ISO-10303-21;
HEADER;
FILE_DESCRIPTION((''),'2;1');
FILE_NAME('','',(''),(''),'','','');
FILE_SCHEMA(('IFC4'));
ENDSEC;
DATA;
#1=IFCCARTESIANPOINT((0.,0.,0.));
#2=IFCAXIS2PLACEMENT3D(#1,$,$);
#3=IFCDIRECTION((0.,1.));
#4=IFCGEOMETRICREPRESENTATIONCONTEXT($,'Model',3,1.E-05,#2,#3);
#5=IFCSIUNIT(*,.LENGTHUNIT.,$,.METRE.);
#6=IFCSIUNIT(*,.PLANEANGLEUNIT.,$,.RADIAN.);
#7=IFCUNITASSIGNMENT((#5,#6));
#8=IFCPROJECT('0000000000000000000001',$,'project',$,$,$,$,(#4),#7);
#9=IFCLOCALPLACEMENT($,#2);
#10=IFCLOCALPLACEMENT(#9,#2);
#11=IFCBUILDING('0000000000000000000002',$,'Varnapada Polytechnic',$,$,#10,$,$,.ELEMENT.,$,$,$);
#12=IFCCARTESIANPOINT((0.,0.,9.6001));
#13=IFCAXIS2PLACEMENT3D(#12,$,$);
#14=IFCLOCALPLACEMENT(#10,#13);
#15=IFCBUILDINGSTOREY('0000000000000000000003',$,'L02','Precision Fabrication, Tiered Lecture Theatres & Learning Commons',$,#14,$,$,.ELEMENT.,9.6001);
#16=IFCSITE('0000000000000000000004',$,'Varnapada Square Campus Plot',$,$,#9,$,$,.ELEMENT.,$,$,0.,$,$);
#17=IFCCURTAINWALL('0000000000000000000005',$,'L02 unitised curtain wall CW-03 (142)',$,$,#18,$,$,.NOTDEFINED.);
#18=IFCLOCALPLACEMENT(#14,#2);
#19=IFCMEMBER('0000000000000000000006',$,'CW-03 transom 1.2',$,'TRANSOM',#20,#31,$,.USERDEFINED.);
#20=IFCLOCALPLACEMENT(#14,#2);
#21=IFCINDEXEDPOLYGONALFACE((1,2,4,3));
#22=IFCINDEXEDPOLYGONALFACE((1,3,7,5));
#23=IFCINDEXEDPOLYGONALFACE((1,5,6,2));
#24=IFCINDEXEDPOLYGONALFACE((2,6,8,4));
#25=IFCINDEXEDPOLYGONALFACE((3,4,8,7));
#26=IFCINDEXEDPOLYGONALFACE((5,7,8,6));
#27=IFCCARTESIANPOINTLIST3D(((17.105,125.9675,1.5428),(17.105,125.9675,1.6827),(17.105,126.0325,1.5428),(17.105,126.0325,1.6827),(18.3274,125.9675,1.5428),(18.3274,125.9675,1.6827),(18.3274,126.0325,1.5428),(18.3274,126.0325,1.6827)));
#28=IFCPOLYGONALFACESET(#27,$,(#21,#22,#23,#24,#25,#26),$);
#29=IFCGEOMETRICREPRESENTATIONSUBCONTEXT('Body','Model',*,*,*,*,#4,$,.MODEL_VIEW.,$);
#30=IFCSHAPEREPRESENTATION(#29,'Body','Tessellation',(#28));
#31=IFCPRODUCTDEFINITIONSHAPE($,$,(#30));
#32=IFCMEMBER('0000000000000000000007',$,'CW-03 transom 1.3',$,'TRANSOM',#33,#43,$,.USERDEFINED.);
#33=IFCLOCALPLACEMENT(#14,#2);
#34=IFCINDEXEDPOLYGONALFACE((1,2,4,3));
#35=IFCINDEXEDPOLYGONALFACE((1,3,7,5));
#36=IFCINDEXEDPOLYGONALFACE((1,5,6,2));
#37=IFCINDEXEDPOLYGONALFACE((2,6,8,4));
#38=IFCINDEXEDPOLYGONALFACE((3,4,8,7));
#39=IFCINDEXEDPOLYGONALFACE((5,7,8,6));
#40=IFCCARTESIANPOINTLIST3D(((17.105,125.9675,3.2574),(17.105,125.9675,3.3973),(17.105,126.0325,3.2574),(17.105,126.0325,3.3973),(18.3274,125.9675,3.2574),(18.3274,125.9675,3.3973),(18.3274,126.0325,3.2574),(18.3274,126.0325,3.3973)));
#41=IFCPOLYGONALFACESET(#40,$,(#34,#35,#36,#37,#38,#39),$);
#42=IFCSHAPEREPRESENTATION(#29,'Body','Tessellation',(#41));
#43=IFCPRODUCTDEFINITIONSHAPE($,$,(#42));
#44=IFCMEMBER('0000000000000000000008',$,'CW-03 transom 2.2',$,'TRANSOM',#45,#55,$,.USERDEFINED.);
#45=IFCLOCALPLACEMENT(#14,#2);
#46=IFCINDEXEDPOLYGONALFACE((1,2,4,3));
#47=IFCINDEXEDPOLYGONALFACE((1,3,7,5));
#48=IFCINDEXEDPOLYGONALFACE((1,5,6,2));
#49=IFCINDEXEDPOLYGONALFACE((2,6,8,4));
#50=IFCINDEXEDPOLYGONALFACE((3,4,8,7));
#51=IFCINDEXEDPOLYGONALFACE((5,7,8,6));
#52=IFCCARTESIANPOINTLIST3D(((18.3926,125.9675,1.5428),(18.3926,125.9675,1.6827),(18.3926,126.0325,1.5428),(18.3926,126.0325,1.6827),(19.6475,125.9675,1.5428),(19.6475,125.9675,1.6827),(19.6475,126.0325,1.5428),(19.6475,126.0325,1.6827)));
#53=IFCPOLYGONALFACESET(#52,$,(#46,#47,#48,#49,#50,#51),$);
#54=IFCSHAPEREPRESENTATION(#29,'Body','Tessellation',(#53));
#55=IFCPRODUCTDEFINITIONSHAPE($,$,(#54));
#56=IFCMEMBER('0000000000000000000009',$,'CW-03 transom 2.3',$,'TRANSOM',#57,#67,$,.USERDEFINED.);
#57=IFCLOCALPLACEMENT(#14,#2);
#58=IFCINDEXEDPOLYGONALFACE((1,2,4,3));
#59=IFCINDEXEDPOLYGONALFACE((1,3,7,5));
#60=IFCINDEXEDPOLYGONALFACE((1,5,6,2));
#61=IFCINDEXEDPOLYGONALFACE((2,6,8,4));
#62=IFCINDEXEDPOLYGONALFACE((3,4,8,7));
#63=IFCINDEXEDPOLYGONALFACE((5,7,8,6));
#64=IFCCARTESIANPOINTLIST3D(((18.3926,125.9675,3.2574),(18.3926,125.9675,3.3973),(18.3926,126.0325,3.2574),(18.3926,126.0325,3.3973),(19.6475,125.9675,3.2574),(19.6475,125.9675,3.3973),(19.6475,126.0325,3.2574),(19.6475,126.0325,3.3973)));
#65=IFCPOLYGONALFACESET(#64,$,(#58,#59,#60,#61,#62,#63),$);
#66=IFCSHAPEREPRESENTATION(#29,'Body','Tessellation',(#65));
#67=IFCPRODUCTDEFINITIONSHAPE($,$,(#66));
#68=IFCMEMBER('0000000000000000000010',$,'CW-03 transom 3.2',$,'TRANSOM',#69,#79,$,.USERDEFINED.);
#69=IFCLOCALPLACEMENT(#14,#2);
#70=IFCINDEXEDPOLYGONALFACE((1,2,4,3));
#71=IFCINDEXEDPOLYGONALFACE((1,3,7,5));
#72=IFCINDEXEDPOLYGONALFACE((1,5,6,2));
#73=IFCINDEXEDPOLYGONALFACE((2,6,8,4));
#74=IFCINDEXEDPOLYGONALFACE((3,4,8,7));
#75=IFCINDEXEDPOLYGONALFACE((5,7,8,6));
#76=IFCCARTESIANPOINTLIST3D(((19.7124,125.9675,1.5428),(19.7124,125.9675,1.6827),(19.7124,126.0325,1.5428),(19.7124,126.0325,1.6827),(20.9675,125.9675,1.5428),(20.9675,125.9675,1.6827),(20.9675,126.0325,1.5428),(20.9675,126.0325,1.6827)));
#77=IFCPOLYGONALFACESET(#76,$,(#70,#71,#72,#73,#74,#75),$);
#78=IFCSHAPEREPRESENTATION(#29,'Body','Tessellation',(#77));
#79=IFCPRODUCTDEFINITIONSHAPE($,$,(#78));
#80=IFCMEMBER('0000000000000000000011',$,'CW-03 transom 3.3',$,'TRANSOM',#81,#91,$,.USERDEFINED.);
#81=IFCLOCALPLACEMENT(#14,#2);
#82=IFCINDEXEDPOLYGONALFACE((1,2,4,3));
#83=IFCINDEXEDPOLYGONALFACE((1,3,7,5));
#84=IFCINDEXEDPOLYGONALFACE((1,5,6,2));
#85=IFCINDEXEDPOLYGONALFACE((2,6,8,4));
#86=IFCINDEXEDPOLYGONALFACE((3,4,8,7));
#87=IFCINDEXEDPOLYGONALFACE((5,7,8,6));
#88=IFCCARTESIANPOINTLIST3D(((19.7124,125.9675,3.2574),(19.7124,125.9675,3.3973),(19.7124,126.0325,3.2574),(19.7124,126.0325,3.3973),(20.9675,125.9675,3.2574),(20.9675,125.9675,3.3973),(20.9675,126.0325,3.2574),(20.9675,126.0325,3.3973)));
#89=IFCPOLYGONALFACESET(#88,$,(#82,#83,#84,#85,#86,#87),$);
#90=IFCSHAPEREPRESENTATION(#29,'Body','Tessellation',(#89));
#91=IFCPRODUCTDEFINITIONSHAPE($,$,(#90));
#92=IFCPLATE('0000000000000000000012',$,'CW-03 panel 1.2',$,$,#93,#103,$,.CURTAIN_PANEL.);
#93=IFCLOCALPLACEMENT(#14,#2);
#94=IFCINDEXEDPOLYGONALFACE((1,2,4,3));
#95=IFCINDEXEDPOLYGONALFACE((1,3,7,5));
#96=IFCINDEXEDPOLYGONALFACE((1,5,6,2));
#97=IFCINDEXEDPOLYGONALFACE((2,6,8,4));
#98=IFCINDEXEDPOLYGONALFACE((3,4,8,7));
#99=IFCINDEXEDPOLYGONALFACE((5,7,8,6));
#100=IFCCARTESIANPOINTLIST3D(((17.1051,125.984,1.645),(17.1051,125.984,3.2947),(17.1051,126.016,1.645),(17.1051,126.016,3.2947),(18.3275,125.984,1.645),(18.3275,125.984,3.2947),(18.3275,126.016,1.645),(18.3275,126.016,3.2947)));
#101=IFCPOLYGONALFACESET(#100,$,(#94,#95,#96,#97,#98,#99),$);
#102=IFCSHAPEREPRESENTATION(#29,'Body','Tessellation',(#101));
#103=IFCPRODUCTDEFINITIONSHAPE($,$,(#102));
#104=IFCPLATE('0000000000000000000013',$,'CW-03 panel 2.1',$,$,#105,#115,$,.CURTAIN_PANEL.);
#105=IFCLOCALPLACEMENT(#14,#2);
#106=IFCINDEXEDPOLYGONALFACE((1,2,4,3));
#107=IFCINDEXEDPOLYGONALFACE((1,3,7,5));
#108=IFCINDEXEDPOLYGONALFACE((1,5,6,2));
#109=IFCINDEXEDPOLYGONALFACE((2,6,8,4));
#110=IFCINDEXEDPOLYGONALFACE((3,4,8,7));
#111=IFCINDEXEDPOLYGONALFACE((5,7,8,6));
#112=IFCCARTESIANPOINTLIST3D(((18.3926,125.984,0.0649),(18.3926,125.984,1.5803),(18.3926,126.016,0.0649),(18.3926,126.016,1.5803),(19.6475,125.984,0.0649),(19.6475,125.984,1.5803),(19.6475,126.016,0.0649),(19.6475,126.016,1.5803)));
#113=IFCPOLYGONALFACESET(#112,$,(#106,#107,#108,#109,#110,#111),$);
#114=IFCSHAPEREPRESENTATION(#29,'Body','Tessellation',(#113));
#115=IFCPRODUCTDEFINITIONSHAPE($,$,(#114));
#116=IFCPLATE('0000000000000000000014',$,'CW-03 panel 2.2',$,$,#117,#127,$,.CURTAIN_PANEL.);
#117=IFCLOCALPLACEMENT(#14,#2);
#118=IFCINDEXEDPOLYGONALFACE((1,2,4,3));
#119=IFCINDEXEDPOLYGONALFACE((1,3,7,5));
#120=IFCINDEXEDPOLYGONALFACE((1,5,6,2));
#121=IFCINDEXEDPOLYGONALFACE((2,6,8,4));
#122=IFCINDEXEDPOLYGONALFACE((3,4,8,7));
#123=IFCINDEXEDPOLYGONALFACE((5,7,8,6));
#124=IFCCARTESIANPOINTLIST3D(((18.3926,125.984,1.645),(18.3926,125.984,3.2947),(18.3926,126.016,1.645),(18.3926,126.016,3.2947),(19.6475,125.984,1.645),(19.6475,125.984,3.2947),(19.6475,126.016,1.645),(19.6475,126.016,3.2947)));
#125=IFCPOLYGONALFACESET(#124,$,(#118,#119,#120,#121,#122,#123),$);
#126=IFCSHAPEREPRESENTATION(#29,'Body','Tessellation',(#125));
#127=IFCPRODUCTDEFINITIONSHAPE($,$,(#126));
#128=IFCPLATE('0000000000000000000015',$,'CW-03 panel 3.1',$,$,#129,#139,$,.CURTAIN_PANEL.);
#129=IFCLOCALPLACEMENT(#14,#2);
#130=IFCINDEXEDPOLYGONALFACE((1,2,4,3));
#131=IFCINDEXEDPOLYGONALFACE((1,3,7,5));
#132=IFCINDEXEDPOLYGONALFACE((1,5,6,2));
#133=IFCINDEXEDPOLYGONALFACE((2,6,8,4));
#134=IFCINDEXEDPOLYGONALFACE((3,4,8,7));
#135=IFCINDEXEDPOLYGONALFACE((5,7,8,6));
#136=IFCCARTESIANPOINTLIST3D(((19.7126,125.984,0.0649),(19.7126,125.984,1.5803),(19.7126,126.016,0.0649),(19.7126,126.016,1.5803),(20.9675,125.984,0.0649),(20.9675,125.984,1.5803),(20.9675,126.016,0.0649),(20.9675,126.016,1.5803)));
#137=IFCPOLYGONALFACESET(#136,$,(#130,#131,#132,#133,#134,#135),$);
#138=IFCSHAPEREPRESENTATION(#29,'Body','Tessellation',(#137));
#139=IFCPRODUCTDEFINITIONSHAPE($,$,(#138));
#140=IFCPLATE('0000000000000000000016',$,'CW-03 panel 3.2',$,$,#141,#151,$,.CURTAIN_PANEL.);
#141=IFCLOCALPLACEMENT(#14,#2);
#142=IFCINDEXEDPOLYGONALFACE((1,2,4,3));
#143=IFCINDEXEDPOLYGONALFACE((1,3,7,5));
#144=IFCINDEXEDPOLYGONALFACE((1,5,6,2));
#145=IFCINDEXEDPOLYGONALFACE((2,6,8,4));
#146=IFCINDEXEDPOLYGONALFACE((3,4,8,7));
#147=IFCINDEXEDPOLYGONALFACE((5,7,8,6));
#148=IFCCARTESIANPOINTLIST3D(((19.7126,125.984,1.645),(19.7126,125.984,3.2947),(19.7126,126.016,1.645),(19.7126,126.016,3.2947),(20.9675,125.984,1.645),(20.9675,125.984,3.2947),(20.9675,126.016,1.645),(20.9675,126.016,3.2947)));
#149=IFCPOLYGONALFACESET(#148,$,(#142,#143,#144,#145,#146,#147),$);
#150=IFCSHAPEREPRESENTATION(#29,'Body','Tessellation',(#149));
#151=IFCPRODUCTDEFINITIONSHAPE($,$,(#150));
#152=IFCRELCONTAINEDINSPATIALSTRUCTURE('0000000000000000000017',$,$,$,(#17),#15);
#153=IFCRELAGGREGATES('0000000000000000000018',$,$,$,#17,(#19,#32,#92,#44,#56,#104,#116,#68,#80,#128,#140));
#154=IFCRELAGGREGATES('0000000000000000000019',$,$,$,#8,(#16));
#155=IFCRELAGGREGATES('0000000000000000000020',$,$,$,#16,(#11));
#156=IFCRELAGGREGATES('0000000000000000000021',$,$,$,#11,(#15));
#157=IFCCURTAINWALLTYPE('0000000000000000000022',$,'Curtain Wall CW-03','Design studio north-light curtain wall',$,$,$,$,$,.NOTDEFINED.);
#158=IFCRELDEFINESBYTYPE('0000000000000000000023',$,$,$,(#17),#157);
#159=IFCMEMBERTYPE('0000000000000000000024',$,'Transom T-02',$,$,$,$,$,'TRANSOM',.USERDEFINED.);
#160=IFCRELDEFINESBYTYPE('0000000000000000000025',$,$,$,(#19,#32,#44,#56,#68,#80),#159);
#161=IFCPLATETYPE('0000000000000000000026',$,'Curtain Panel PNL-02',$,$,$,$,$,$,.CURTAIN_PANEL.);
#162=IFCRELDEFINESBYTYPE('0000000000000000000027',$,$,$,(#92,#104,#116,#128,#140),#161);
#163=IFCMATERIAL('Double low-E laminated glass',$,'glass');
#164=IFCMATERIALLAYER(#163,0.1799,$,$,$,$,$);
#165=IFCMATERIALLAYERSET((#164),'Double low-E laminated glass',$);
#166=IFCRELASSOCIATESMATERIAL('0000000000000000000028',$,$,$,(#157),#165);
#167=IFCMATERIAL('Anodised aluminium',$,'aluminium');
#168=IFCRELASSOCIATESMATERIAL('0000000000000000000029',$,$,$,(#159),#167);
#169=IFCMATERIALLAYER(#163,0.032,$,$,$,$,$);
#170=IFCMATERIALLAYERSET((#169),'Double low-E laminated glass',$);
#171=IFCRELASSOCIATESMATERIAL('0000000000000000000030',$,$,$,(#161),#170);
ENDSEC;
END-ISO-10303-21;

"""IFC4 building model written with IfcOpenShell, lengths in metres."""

from ifc_helpers import new_model, si_unit, direction, frame, origin, origin_2d, place, context, subcontext, project, spatial, rectangle, extrude, material, layer, layer_set, material_profile, profile_set, type_object, element, aggregate, save


model = new_model("IFC4")

# Units and contexts
model_context = context("Model", 3, precision=1e-05, world=origin(), true_north=direction((0.0, 1.0)))
body_context = subcontext(model_context, "Body", "Model", "MODEL_VIEW")
ifc_project = project(units=[si_unit("LENGTHUNIT", "METRE"), si_unit("PLANEANGLEUNIT", "RADIAN")], contexts=[model_context])

# Site, building, storey
site_placement = place(None, origin())
site = spatial("IfcSite", under=ifc_project, at=site_placement, Name="Varnapada Square Campus Plot", CompositionType="ELEMENT", RefElevation=0.0)
building_placement = place(site_placement, origin())
building = spatial("IfcBuilding", under=site, at=building_placement, Name="Varnapada Polytechnic", CompositionType="ELEMENT")
storey_placement = place(building_placement, frame((0.0, 0.0, 9.6001)))
storey = spatial("IfcBuildingStorey", under=building, at=storey_placement, Name="L02", Description="Precision Fabrication, Tiered Lecture Theatres & Learning Commons", CompositionType="ELEMENT", Elevation=9.6001)

# Curtain wall, members, plates
ifc_material_1 = material(Name="Double low-E laminated glass", Category="glass")
ifc_layer_1 = layer(ifc_material_1, 0.1799)
ifc_layer_set_1 = layer_set([ifc_layer_1], Name="Double low-E laminated glass")
curtain_wall_type = type_object("IfcCurtainWallType", Name="Curtain Wall CW-03", Description="Design studio north-light curtain wall", PredefinedType="NOTDEFINED", material=ifc_layer_set_1)
curtain_wall_placement = place(storey_placement, origin())
curtain_wall = element("IfcCurtainWall", 1, at=curtain_wall_placement, inside=storey, type_object=curtain_wall_type, Name="L02 unitised curtain wall CW-03 (142)", PredefinedType="NOTDEFINED")
ifc_material_2 = material(Name="Anodised aluminium", Category="aluminium")
ifc_material_profile = material_profile(ifc_material_2, rectangle(XDim=0.0649, YDim=0.1399, at=origin_2d()), Name="ALU T65x140")
ifc_profile_set = profile_set([ifc_material_profile], Name="Anodised aluminium")
member_type = type_object("IfcMemberType", Name="Transom T-02", ElementType="TRANSOM", PredefinedType="USERDEFINED", material=ifc_profile_set)
member_1_placement = place(storey_placement, frame((17.105, 126.0, 1.6128), z_axis=(1.0, 0.0, 0.0), x_axis=(0.0, 1.0, 0.0)))
member_1 = element("IfcMember", 2, at=member_1_placement, type_object=member_type, Name="CW-03 transom 1.2", ObjectType="TRANSOM", PredefinedType="USERDEFINED", context=body_context, shape_type="SweptSolid", body=[
    extrude(rectangle(XDim=0.0649, YDim=0.1399, at=origin_2d()), origin(), (0.0, 0.0, 1.0), 1.2224),
])
member_2_placement = place(storey_placement, frame((17.105, 126.0, 3.3274), z_axis=(1.0, 0.0, 0.0), x_axis=(0.0, 1.0, 0.0)))
member_2 = element("IfcMember", 3, at=member_2_placement, type_object=member_type, Name="CW-03 transom 1.3", ObjectType="TRANSOM", PredefinedType="USERDEFINED", context=body_context, shape_type="SweptSolid", body=[
    extrude(rectangle(XDim=0.0649, YDim=0.1399, at=origin_2d()), origin(), (0.0, 0.0, 1.0), 1.2224),
])
member_3_placement = place(storey_placement, frame((18.3926, 126.0, 1.6128), z_axis=(1.0, 0.0, 0.0), x_axis=(0.0, 1.0, 0.0)))
member_3 = element("IfcMember", 4, at=member_3_placement, type_object=member_type, Name="CW-03 transom 2.2", ObjectType="TRANSOM", PredefinedType="USERDEFINED", context=body_context, shape_type="SweptSolid", body=[
    extrude(rectangle(XDim=0.0649, YDim=0.1399, at=origin_2d()), origin(), (0.0, 0.0, 1.0), 1.2549),
])
member_4_placement = place(storey_placement, frame((18.3926, 126.0, 3.3274), z_axis=(1.0, 0.0, 0.0), x_axis=(0.0, 1.0, 0.0)))
member_4 = element("IfcMember", 5, at=member_4_placement, type_object=member_type, Name="CW-03 transom 2.3", ObjectType="TRANSOM", PredefinedType="USERDEFINED", context=body_context, shape_type="SweptSolid", body=[
    extrude(rectangle(XDim=0.0649, YDim=0.1399, at=origin_2d()), origin(), (0.0, 0.0, 1.0), 1.2549),
])
member_5_placement = place(storey_placement, frame((19.7124, 126.0, 1.6128), z_axis=(1.0, 0.0, 0.0), x_axis=(0.0, 1.0, 0.0)))
member_5 = element("IfcMember", 6, at=member_5_placement, type_object=member_type, Name="CW-03 transom 3.2", ObjectType="TRANSOM", PredefinedType="USERDEFINED", context=body_context, shape_type="SweptSolid", body=[
    extrude(rectangle(XDim=0.0649, YDim=0.1399, at=origin_2d()), origin(), (0.0, 0.0, 1.0), 1.2551),
])
member_6_placement = place(storey_placement, frame((19.7124, 126.0, 3.3274), z_axis=(1.0, 0.0, 0.0), x_axis=(0.0, 1.0, 0.0)))
member_6 = element("IfcMember", 7, at=member_6_placement, type_object=member_type, Name="CW-03 transom 3.3", ObjectType="TRANSOM", PredefinedType="USERDEFINED", context=body_context, shape_type="SweptSolid", body=[
    extrude(rectangle(XDim=0.0649, YDim=0.1399, at=origin_2d()), origin(), (0.0, 0.0, 1.0), 1.2551),
])
ifc_layer_2 = layer(ifc_material_1, 0.032)
ifc_layer_set_2 = layer_set([ifc_layer_2], Name="Double low-E laminated glass")
plate_type = type_object("IfcPlateType", Name="Curtain Panel PNL-02", PredefinedType="CURTAIN_PANEL", material=ifc_layer_set_2)
plate_1_placement = place(storey_placement, frame((17.7163, 126.0, 1.645), z_axis=(0.0, 0.0, 1.0), x_axis=(1.0, 0.0, 0.0)))
plate_1 = element("IfcPlate", 8, at=plate_1_placement, type_object=plate_type, Name="CW-03 panel 1.2", PredefinedType="CURTAIN_PANEL", context=body_context, shape_type="SweptSolid", body=[
    extrude(rectangle(XDim=1.2224, YDim=0.032, at=origin_2d()), origin(), (0.0, 0.0, 1.0), 1.6497),
])
plate_2_placement = place(storey_placement, frame((19.02, 126.0, 0.0649), z_axis=(0.0, 0.0, 1.0), x_axis=(1.0, 0.0, 0.0)))
plate_2 = element("IfcPlate", 9, at=plate_2_placement, type_object=plate_type, Name="CW-03 panel 2.1", PredefinedType="CURTAIN_PANEL", context=body_context, shape_type="SweptSolid", body=[
    extrude(rectangle(XDim=1.2549, YDim=0.032, at=origin_2d()), origin(), (0.0, 0.0, 1.0), 1.5154),
])
plate_3_placement = place(storey_placement, frame((19.02, 126.0, 1.645), z_axis=(0.0, 0.0, 1.0), x_axis=(1.0, 0.0, 0.0)))
plate_3 = element("IfcPlate", 10, at=plate_3_placement, type_object=plate_type, Name="CW-03 panel 2.2", PredefinedType="CURTAIN_PANEL", context=body_context, shape_type="SweptSolid", body=[
    extrude(rectangle(XDim=1.2549, YDim=0.032, at=origin_2d()), origin(), (0.0, 0.0, 1.0), 1.6497),
])
plate_4_placement = place(storey_placement, frame((20.3401, 126.0, 0.0649), z_axis=(0.0, 0.0, 1.0), x_axis=(1.0, 0.0, 0.0)))
plate_4 = element("IfcPlate", 11, at=plate_4_placement, type_object=plate_type, Name="CW-03 panel 3.1", PredefinedType="CURTAIN_PANEL", context=body_context, shape_type="SweptSolid", body=[
    extrude(rectangle(XDim=1.2549, YDim=0.032, at=origin_2d()), origin(), (0.0, 0.0, 1.0), 1.5154),
])
plate_5_placement = place(storey_placement, frame((20.3401, 126.0, 1.645), z_axis=(0.0, 0.0, 1.0), x_axis=(1.0, 0.0, 0.0)))
plate_5 = element("IfcPlate", 12, at=plate_5_placement, type_object=plate_type, Name="CW-03 panel 3.2", PredefinedType="CURTAIN_PANEL", context=body_context, shape_type="SweptSolid", body=[
    extrude(rectangle(XDim=1.2549, YDim=0.032, at=origin_2d()), origin(), (0.0, 0.0, 1.0), 1.6497),
])
aggregate(curtain_wall, [member_1, member_2, plate_1, member_3, member_4, plate_2, plate_3, member_5, member_6, plate_4, plate_5])

save(model, "model.ifc")
